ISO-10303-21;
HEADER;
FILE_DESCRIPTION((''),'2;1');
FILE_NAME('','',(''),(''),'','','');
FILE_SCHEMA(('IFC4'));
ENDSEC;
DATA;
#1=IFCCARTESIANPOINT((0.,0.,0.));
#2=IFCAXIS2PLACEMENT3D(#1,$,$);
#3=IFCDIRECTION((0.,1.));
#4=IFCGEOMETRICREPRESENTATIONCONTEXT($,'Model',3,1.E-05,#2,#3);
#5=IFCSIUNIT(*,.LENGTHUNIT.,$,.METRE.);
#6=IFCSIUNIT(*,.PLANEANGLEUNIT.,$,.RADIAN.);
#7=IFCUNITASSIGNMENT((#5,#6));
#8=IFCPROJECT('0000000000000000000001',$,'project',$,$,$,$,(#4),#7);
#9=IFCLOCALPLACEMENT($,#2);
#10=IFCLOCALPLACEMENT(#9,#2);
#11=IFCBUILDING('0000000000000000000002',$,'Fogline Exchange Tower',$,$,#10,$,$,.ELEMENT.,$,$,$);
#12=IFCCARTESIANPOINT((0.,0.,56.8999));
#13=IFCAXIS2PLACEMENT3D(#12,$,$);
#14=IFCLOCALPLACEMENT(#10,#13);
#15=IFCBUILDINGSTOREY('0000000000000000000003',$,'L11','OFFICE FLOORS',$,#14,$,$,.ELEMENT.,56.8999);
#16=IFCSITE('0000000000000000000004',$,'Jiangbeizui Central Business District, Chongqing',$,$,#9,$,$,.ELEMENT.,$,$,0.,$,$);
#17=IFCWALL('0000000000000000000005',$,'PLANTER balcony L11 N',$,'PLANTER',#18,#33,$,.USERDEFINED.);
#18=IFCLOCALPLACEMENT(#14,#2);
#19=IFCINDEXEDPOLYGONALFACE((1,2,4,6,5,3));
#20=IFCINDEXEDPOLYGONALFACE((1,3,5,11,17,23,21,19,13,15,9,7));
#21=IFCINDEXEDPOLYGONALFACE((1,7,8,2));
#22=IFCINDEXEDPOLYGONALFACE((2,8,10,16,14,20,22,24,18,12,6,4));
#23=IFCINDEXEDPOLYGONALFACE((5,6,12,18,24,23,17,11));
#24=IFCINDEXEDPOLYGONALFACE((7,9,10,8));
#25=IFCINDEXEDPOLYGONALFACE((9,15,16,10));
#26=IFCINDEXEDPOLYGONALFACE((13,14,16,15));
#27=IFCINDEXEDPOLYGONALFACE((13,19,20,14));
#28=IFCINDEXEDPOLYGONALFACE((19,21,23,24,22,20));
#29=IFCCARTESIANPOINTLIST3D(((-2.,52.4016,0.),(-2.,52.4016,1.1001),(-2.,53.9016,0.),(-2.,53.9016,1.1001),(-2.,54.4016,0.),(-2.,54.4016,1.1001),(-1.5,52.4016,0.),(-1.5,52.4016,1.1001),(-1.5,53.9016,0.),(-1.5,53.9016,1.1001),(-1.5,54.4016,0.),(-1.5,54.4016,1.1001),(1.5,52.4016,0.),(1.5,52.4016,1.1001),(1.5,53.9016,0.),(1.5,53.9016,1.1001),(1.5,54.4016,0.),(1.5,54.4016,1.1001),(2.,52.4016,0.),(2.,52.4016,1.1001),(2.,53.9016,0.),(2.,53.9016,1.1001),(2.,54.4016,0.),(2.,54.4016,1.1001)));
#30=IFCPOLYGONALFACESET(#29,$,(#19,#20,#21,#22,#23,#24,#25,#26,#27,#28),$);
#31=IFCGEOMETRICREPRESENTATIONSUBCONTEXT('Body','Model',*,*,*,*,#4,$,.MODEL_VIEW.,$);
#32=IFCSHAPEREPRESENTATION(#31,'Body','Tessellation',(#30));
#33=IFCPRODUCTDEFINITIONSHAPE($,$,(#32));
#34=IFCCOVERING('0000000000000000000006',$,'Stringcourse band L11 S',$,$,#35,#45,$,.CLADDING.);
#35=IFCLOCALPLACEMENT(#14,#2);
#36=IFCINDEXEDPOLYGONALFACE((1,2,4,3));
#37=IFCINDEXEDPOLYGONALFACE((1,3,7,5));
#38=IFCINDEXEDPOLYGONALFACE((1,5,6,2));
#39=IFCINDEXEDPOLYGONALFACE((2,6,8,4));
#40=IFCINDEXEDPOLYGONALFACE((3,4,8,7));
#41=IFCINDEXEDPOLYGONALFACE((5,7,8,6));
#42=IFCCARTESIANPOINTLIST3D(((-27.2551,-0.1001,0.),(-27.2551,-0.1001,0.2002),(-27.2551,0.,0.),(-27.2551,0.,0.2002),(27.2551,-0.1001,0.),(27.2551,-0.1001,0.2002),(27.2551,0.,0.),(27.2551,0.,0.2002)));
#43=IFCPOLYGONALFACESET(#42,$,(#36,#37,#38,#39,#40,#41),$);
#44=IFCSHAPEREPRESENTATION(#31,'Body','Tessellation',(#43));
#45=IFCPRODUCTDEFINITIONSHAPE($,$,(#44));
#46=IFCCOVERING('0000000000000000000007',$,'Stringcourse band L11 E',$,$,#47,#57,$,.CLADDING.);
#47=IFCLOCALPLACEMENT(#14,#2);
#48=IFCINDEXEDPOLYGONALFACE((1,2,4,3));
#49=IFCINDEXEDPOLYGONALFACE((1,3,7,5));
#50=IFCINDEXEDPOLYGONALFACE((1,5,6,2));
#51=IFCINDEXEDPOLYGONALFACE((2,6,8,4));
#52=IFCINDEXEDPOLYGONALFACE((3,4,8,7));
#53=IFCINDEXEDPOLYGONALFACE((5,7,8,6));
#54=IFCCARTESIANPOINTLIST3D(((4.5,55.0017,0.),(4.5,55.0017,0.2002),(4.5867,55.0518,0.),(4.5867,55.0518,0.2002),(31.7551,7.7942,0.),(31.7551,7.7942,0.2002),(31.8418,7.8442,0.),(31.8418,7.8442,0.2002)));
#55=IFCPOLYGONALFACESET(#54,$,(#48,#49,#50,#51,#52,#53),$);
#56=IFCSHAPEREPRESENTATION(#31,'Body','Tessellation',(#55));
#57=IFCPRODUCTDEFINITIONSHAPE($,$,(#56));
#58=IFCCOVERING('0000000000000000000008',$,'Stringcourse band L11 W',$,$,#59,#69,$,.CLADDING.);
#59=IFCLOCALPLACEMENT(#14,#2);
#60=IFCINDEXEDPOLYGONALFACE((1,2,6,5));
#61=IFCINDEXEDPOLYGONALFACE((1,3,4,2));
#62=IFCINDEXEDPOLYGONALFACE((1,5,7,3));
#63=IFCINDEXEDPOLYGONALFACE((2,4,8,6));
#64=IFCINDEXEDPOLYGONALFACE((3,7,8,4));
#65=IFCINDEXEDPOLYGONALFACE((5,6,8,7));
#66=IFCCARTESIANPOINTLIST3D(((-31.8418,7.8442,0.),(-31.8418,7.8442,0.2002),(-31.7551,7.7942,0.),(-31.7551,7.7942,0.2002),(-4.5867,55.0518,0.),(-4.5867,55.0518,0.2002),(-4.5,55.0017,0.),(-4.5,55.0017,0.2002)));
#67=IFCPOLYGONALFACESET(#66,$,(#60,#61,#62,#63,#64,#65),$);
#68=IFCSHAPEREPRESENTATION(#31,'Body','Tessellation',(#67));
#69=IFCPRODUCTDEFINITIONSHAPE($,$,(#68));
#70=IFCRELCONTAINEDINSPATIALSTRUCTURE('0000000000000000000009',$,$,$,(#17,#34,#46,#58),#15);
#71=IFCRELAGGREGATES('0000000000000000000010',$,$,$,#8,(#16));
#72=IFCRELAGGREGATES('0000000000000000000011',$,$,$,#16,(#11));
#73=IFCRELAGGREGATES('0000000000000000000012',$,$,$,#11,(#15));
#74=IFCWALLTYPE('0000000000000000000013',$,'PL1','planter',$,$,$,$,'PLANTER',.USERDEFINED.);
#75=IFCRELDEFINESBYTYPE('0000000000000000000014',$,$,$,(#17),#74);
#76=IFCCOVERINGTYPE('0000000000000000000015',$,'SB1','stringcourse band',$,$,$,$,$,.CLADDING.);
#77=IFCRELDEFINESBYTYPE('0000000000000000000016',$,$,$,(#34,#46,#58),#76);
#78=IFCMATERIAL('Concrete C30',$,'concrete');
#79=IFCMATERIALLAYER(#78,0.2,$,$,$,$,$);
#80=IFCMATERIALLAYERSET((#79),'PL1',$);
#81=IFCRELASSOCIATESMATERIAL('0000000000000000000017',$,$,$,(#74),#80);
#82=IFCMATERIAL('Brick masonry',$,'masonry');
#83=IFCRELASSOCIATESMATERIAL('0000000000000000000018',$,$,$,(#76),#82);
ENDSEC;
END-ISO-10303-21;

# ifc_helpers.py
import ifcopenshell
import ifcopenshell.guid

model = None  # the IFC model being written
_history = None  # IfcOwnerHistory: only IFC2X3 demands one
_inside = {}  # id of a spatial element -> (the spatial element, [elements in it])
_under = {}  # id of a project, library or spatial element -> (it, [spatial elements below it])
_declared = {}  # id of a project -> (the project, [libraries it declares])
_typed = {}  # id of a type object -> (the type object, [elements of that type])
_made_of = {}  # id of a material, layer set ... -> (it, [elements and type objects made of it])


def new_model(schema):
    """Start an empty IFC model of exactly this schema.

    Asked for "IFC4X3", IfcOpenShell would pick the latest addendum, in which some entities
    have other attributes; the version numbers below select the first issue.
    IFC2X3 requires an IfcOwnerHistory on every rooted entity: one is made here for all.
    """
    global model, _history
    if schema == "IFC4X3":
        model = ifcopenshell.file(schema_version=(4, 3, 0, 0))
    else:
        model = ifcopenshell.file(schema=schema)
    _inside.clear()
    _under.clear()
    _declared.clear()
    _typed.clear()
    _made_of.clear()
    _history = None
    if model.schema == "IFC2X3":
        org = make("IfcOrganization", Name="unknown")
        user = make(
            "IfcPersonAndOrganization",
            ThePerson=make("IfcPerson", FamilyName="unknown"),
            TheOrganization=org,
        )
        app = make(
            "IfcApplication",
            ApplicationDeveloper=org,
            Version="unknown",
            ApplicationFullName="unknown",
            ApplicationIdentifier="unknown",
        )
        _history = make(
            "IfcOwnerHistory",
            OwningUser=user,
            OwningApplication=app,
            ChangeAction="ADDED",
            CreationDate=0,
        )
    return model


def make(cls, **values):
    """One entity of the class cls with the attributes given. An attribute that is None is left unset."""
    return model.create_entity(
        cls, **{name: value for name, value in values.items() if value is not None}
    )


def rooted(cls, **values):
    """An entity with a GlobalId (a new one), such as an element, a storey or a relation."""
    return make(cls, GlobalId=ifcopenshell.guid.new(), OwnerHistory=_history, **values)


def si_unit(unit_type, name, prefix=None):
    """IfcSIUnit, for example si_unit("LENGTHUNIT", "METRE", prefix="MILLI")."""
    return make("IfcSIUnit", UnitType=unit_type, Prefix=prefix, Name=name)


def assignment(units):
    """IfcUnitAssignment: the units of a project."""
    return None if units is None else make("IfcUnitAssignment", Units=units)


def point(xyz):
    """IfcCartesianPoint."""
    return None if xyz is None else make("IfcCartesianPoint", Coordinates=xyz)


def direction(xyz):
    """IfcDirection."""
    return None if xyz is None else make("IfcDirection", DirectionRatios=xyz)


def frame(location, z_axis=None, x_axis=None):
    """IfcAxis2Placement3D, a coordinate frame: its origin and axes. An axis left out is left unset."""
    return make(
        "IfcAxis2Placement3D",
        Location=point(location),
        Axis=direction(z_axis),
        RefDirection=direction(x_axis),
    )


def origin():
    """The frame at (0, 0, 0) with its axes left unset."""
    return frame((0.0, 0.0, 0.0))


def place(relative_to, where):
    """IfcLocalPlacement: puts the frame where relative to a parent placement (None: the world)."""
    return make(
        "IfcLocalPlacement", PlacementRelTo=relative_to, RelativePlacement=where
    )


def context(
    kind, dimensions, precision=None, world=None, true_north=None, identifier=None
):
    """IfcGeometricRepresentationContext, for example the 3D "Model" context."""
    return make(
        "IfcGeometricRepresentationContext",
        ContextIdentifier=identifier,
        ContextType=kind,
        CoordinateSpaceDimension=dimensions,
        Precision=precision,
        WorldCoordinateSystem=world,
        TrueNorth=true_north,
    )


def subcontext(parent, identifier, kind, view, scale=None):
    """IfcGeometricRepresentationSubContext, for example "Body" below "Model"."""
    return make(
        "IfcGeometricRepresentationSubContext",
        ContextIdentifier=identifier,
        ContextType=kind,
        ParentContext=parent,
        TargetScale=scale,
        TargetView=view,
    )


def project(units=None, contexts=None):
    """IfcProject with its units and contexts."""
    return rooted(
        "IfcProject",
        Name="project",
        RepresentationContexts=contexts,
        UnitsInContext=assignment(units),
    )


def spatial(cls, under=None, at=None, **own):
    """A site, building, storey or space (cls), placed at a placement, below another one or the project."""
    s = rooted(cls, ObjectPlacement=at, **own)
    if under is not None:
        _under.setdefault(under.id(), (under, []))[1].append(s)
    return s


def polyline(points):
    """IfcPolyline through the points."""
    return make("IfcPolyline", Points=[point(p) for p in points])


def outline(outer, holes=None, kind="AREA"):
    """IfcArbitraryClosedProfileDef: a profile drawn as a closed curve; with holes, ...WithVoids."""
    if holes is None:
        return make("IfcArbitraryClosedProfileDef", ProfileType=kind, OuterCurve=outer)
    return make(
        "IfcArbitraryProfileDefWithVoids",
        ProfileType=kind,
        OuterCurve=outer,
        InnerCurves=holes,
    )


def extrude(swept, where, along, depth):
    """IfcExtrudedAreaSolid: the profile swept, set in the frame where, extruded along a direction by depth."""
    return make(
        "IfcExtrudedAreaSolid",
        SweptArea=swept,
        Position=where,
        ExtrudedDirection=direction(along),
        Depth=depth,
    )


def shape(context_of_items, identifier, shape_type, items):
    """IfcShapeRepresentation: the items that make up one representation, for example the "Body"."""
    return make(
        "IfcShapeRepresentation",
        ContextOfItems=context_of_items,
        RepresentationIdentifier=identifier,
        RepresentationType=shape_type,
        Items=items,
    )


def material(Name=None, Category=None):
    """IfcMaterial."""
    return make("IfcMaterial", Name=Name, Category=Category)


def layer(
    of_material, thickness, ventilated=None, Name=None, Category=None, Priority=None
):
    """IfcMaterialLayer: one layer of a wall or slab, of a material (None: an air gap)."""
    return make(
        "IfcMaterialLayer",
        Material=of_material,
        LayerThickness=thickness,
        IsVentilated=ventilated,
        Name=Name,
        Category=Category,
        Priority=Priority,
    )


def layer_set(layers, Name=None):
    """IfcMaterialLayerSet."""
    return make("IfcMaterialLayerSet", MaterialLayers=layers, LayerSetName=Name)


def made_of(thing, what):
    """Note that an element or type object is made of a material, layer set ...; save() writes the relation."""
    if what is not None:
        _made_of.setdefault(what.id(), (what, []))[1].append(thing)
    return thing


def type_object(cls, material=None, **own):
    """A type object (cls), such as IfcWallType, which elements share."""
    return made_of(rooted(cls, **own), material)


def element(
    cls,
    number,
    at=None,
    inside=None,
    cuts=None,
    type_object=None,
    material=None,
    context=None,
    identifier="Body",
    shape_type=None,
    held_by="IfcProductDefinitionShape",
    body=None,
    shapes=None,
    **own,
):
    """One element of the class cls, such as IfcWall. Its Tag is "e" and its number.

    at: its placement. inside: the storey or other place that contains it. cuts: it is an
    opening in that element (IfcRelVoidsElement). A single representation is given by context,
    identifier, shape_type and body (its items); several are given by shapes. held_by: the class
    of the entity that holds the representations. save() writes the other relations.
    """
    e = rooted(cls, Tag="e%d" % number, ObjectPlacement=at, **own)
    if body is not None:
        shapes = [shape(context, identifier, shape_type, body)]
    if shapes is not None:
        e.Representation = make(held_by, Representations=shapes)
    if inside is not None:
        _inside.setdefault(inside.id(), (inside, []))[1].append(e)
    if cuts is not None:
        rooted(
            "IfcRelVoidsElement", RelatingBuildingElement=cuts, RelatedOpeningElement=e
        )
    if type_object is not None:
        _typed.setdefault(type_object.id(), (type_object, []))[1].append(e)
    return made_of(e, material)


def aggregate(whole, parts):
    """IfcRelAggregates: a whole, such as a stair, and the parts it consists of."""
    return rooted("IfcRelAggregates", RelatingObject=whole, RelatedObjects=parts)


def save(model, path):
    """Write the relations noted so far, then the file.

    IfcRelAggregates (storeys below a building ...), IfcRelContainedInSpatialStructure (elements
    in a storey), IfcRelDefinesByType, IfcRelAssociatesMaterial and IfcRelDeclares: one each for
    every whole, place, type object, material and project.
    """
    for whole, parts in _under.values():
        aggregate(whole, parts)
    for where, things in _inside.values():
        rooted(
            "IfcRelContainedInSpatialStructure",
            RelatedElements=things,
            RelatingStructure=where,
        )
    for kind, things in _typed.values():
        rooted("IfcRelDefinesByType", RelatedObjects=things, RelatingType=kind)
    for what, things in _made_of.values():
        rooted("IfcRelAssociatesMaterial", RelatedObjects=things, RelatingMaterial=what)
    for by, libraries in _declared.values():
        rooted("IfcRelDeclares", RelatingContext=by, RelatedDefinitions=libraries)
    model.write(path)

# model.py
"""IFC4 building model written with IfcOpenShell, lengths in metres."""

from ifc_helpers import new_model, si_unit, direction, frame, origin, place, context, subcontext, project, spatial, polyline, outline, extrude, material, layer, layer_set, type_object, element, save


model = new_model("IFC4")

# Units and contexts
model_context = context("Model", 3, precision=1e-05, world=origin(), true_north=direction((0.0, 1.0)))
body_context = subcontext(model_context, "Body", "Model", "MODEL_VIEW")
ifc_project = project(units=[si_unit("LENGTHUNIT", "METRE"), si_unit("PLANEANGLEUNIT", "RADIAN")], contexts=[model_context])

# Site, building, storey
site_placement = place(None, origin())
site = spatial("IfcSite", under=ifc_project, at=site_placement, Name="Jiangbeizui Central Business District, Chongqing", CompositionType="ELEMENT", RefElevation=0.0)
building_placement = place(site_placement, origin())
building = spatial("IfcBuilding", under=site, at=building_placement, Name="Fogline Exchange Tower", CompositionType="ELEMENT")
storey_placement = place(building_placement, frame((0.0, 0.0, 56.8999)))
storey = spatial("IfcBuildingStorey", under=building, at=storey_placement, Name="L11", Description="OFFICE FLOORS", CompositionType="ELEMENT", Elevation=56.8999)

# Wall
ifc_material_1 = material(Name="Brick masonry", Category="masonry")
ifc_material_2 = material(Name="Concrete C30", Category="concrete")
ifc_layer_1 = layer(ifc_material_2, 0.2)
ifc_layer_set_1 = layer_set([ifc_layer_1], Name="PL1")
wall_type_1 = type_object("IfcWallType", Name="PL1", Description="planter", ElementType="PLANTER", PredefinedType="USERDEFINED", material=ifc_layer_set_1)
wall_1_placement = place(storey_placement, origin())
element("IfcWall", 1, at=wall_1_placement, inside=storey, type_object=wall_type_1, Name="PLANTER balcony L11 N", ObjectType="PLANTER", PredefinedType="USERDEFINED", context=body_context, shape_type="SweptSolid", body=[
    extrude(outline(polyline([(-1.5, 54.4016), (-2.0, 54.4016), (-2.0, 53.9016), (-2.0, 52.4016), (-1.5, 52.4016), (-1.5, 53.9016), (1.5, 53.9016), (1.5, 52.4016), (2.0, 52.4016), (2.0, 53.9016), (2.0, 54.4016), (1.5, 54.4016), (-1.5, 54.4016)])), origin(), (0.0, 0.0, 1.0), 1.1001),
])

# Coverings
covering_type = type_object("IfcCoveringType", Name="SB1", Description="stringcourse band", PredefinedType="CLADDING", material=ifc_material_1)
covering_1_placement = place(storey_placement, origin())
element("IfcCovering", 2, at=covering_1_placement, inside=storey, type_object=covering_type, Name="Stringcourse band L11 S", PredefinedType="CLADDING", context=body_context, shape_type="SweptSolid", body=[
    extrude(outline(polyline([(-27.2551, 0.0), (-27.2551, -0.1001), (27.2551, -0.1001), (27.2551, 0.0), (-27.2551, 0.0)])), origin(), (0.0, 0.0, 1.0), 0.2002),
])
covering_2_placement = place(storey_placement, origin())
element("IfcCovering", 3, at=covering_2_placement, inside=storey, type_object=covering_type, Name="Stringcourse band L11 E", PredefinedType="CLADDING", context=body_context, shape_type="SweptSolid", body=[
    extrude(outline(polyline([(31.7551, 7.7942), (31.8418, 7.8442), (4.5867, 55.0518), (4.5, 55.0017), (31.7551, 7.7942)])), origin(), (0.0, 0.0, 1.0), 0.2002),
])
covering_3_placement = place(storey_placement, origin())
element("IfcCovering", 4, at=covering_3_placement, inside=storey, type_object=covering_type, Name="Stringcourse band L11 W", PredefinedType="CLADDING", context=body_context, shape_type="SweptSolid", body=[
    extrude(outline(polyline([(-4.5, 55.0017), (-4.5867, 55.0518), (-31.8418, 7.8442), (-31.7551, 7.7942), (-4.5, 55.0017)])), origin(), (0.0, 0.0, 1.0), 0.2002),
])

save(model, "model.ifc")
